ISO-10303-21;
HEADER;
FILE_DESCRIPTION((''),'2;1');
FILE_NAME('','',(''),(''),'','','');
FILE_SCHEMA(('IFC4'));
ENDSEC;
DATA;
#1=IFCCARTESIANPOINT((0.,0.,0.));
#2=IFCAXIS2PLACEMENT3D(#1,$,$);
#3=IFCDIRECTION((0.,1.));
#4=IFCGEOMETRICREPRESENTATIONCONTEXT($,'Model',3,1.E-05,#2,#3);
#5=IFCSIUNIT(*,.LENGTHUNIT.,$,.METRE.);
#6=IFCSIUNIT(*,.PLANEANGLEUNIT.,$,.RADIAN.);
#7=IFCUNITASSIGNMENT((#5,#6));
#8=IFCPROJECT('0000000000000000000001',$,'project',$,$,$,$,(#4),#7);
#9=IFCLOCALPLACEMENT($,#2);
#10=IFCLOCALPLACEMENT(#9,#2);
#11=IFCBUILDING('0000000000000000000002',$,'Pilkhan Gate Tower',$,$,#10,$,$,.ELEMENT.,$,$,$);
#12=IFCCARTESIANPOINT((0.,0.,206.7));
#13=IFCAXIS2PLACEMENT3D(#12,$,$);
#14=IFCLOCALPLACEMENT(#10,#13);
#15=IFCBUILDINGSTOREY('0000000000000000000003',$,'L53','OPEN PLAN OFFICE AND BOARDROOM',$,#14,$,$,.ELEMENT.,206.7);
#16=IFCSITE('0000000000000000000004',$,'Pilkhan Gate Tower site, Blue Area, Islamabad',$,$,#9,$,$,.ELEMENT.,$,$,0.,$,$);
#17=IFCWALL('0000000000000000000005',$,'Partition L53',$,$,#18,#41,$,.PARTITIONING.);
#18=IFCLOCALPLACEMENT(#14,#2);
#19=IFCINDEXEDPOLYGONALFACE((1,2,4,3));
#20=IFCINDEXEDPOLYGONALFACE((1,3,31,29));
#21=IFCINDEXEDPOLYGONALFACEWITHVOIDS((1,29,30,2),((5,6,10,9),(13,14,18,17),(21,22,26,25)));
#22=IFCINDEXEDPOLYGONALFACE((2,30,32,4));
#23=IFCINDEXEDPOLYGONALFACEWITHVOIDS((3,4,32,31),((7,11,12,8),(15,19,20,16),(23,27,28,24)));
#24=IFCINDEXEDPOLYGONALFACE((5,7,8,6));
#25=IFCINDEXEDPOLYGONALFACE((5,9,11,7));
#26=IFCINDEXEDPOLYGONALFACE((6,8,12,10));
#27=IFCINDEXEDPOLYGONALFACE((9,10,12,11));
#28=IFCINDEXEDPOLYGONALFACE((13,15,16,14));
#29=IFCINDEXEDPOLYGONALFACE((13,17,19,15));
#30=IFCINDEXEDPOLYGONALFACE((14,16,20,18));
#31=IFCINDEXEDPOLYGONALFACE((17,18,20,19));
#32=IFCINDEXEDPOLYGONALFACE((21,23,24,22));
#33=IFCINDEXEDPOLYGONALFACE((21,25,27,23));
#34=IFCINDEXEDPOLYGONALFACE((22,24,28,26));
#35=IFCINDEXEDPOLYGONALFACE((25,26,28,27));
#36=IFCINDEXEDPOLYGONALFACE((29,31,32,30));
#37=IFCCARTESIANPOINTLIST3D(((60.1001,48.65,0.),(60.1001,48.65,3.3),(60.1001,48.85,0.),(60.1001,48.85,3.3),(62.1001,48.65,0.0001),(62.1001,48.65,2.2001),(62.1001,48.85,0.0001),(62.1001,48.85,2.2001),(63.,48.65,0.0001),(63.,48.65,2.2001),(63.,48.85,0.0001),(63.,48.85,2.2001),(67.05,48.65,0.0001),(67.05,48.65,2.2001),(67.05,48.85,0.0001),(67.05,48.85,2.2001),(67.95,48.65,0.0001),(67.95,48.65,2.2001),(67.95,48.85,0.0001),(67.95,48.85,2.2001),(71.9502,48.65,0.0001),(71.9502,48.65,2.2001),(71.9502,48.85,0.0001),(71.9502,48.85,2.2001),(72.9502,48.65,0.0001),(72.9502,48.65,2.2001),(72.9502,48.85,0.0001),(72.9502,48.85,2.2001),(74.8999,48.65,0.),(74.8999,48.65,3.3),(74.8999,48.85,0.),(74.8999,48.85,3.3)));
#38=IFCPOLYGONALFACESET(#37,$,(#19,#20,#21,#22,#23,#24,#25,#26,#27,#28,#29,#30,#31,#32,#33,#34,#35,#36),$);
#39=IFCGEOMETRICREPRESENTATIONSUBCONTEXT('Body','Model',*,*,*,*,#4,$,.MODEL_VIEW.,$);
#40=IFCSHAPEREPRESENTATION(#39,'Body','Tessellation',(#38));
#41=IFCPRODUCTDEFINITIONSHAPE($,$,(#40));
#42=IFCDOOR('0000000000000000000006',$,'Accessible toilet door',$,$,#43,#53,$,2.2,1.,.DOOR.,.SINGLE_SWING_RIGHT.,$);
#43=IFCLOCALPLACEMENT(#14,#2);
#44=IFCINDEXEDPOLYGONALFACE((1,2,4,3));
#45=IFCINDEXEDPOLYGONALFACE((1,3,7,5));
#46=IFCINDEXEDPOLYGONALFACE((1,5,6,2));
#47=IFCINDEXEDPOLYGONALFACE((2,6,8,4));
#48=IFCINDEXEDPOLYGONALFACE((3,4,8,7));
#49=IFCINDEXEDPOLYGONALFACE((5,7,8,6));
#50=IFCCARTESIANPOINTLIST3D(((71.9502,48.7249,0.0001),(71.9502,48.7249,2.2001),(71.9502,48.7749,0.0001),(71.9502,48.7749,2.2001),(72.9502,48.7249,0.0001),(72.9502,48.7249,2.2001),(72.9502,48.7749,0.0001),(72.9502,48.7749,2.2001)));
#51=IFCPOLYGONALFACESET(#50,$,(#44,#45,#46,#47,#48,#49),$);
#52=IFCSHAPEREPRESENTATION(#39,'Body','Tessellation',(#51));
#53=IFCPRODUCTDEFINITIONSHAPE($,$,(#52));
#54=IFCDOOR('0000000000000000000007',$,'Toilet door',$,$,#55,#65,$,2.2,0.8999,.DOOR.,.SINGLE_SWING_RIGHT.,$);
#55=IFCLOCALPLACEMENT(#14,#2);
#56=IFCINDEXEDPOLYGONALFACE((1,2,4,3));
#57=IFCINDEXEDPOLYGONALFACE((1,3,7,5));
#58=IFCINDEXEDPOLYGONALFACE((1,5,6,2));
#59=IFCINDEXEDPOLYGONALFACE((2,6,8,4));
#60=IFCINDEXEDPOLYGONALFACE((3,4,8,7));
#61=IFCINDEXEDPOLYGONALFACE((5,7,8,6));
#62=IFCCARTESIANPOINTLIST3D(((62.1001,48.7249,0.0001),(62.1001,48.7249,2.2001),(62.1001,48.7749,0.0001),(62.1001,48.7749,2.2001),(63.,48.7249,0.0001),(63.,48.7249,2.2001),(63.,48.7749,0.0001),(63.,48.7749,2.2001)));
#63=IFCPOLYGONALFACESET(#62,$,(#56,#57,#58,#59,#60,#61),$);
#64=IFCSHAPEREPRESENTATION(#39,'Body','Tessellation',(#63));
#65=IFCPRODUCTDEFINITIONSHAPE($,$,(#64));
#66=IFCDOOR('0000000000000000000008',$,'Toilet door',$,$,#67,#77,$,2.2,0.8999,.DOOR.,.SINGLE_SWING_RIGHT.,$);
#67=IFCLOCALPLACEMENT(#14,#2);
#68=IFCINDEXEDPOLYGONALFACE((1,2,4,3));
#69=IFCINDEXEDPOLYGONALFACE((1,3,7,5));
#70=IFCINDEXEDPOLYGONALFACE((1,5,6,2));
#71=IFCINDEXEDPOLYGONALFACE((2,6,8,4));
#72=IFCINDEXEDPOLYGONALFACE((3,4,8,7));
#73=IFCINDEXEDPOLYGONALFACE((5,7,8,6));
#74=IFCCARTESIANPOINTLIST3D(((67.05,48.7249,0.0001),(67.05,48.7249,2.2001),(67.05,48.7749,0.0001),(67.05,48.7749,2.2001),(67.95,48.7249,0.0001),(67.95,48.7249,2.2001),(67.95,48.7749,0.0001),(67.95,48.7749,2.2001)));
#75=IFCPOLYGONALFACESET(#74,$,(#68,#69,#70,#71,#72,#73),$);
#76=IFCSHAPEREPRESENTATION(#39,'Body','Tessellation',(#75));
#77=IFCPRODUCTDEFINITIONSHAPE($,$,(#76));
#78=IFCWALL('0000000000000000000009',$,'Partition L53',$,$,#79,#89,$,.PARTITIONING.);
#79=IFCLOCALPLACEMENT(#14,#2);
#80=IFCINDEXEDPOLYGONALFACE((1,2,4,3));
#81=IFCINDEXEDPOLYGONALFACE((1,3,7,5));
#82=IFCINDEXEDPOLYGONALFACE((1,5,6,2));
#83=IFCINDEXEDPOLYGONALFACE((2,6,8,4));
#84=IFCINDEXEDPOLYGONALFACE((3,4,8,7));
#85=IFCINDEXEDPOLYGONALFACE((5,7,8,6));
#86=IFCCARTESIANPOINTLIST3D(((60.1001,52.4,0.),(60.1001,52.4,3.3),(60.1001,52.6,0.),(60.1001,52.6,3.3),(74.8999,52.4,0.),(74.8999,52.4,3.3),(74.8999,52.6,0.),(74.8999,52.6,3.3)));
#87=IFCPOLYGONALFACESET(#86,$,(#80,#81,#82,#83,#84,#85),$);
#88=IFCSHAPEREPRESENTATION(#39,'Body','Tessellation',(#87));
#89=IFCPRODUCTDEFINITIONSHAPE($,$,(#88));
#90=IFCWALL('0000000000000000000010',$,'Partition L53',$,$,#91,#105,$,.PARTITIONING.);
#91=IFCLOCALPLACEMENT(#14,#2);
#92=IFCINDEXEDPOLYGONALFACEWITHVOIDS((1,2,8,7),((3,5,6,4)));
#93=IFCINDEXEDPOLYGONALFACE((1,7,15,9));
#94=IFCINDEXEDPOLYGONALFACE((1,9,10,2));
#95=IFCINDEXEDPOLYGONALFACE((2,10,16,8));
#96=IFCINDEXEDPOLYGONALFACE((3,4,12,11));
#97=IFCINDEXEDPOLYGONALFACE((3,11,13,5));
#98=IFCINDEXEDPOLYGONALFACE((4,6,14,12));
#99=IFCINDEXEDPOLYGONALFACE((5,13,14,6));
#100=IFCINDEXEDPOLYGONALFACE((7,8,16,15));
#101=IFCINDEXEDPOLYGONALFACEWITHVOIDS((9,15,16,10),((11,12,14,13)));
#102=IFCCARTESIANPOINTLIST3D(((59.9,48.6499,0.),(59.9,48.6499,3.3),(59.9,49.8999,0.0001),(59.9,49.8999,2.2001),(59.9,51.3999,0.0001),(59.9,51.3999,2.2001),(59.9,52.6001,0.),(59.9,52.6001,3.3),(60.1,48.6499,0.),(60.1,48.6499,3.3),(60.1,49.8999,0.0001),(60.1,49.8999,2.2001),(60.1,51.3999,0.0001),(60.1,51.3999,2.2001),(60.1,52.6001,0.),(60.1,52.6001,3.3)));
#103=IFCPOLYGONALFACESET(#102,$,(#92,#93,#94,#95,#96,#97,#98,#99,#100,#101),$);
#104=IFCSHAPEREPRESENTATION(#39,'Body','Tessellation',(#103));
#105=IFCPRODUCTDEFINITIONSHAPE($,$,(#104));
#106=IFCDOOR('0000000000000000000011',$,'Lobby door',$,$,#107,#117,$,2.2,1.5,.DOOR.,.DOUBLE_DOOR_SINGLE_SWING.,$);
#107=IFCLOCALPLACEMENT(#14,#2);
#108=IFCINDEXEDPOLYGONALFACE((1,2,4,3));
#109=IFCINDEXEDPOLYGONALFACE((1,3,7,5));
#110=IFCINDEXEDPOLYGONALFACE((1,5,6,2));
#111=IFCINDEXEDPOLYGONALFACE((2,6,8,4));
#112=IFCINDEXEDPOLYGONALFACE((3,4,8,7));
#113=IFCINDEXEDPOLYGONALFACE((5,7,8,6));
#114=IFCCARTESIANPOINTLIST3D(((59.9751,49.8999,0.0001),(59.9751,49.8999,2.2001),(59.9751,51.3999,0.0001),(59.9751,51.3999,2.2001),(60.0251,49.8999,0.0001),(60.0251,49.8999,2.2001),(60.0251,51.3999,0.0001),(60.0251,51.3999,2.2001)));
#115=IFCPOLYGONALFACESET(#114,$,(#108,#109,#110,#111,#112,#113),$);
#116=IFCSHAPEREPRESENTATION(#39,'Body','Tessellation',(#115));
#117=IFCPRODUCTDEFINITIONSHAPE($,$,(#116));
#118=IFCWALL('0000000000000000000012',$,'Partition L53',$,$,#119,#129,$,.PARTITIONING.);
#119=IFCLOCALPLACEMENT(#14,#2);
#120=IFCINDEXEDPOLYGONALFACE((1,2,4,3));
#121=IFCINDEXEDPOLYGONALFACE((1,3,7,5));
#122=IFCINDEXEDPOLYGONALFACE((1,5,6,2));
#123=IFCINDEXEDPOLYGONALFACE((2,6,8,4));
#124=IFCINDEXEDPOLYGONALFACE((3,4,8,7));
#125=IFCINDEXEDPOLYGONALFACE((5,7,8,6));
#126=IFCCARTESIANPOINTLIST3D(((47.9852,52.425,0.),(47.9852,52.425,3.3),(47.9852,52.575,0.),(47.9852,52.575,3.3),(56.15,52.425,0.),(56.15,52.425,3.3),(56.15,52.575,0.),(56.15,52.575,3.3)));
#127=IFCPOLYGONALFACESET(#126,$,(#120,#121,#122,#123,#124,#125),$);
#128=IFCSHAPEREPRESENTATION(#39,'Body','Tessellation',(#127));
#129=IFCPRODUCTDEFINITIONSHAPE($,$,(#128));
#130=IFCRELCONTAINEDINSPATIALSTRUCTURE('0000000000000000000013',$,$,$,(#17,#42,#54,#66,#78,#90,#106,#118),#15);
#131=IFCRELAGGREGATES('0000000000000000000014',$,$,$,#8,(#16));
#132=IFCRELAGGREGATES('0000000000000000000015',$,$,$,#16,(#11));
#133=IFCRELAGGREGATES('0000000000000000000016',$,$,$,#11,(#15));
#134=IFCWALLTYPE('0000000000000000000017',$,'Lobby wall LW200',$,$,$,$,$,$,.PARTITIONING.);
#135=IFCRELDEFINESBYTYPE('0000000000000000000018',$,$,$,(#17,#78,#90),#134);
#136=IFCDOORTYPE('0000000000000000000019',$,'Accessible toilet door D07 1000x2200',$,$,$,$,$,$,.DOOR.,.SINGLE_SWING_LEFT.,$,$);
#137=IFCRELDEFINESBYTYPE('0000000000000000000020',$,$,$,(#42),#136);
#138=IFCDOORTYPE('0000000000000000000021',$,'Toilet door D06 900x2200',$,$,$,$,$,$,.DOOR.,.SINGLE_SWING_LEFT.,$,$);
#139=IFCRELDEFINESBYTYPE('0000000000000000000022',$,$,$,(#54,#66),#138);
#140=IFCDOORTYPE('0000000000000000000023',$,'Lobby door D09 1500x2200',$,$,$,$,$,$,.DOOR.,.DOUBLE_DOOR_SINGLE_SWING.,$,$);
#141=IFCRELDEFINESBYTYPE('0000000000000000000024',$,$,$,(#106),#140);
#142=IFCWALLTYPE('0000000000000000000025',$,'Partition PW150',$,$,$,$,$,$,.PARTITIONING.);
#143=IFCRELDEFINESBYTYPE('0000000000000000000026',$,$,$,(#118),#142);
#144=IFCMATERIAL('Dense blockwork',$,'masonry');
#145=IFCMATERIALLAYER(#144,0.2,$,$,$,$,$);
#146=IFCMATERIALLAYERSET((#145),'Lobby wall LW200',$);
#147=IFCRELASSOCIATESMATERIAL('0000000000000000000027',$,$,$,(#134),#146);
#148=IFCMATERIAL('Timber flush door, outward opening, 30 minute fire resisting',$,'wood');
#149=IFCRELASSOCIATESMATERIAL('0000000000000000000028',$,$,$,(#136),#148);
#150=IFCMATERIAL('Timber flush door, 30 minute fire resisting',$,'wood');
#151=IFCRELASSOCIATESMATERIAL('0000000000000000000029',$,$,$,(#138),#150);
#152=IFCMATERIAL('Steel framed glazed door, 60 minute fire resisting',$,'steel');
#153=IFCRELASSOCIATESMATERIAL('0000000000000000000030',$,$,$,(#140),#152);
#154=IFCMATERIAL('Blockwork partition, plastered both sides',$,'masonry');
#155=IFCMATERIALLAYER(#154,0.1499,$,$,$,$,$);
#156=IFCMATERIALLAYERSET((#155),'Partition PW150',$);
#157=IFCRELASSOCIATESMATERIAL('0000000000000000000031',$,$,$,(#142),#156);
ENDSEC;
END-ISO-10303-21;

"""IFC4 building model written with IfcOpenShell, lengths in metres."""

from ifc_helpers import new_model, si_unit, direction, frame, frame_2d, origin, place, context, subcontext, project, spatial, rectangle, extrude, material, layer, layer_set, type_object, element, fill, save


model = new_model("IFC4")

# Units and contexts
model_context = context("Model", 3, precision=1e-05, world=origin(), true_north=direction((0.0, 1.0)))
body_context = subcontext(model_context, "Body", "Model", "MODEL_VIEW")
ifc_project = project(units=[si_unit("LENGTHUNIT", "METRE"), si_unit("PLANEANGLEUNIT", "RADIAN")], contexts=[model_context])

# Site, building, storey
site_placement = place(None, origin())
site = spatial("IfcSite", under=ifc_project, at=site_placement, Name="Pilkhan Gate Tower site, Blue Area, Islamabad", CompositionType="ELEMENT", RefElevation=0.0)
building_placement = place(site_placement, origin())
building = spatial("IfcBuilding", under=site, at=building_placement, Name="Pilkhan Gate Tower", CompositionType="ELEMENT")
storey_placement = place(building_placement, frame((0.0, 0.0, 206.7)))
storey = spatial("IfcBuildingStorey", under=building, at=storey_placement, Name="L53", Description="OPEN PLAN OFFICE AND BOARDROOM", CompositionType="ELEMENT", Elevation=206.7)

# Shared definitions
ifc_material_1 = material(Name="Dense blockwork", Category="masonry")

# Shared definitions
ifc_material_2 = material(Name="Timber flush door, 30 minute fire resisting", Category="wood")

# Wall, openings, doors
ifc_layer_1 = layer(ifc_material_1, 0.2)
ifc_layer_set_1 = layer_set([ifc_layer_1], Name="Lobby wall LW200")
wall_type_1 = type_object("IfcWallType", Name="Lobby wall LW200", PredefinedType="PARTITIONING", material=ifc_layer_set_1)
wall_1_placement = place(storey_placement, frame((60.1001, 48.75, 0.0), z_axis=(0.0, 0.0, 1.0), x_axis=(1.0, 0.0, 0.0)))
wall_1 = element("IfcWall", 1, at=wall_1_placement, inside=storey, type_object=wall_type_1, Name="Partition L53", PredefinedType="PARTITIONING", context=body_context, shape_type="SweptSolid", body=[
    extrude(rectangle(XDim=14.7998, YDim=0.2, at=frame_2d((7.3999, 0.0))), origin(), (0.0, 0.0, 1.0), 3.3),
])
opening_1_placement = place(wall_1_placement, frame((2.0, 0.0, 0.0)))
opening_1 = element("IfcOpeningElement", 2, at=opening_1_placement, cuts=wall_1, PredefinedType="OPENING", context=body_context, shape_type="SweptSolid", body=[
    extrude(rectangle(XDim=0.8999, YDim=2.2, at=frame_2d((0.45, 1.1001))), frame((0.0, 0.1099, 0.0), z_axis=(0.0, -1.0, 0.0), x_axis=(1.0, 0.0, 0.0)), (0.0, 0.0, 1.0), 0.22),
])
opening_2_placement = place(wall_1_placement, frame((6.95, 0.0, 0.0)))
opening_2 = element("IfcOpeningElement", 3, at=opening_2_placement, cuts=wall_1, PredefinedType="OPENING", context=body_context, shape_type="SweptSolid", body=[
    extrude(rectangle(XDim=0.8999, YDim=2.2, at=frame_2d((0.45, 1.1001))), frame((0.0, 0.1099, 0.0), z_axis=(0.0, -1.0, 0.0), x_axis=(1.0, 0.0, 0.0)), (0.0, 0.0, 1.0), 0.22),
])
opening_3_placement = place(wall_1_placement, frame((11.8501, 0.0, 0.0)))
opening_3 = element("IfcOpeningElement", 4, at=opening_3_placement, cuts=wall_1, PredefinedType="OPENING", context=body_context, shape_type="SweptSolid", body=[
    extrude(rectangle(XDim=1.0, YDim=2.2, at=frame_2d((0.5, 1.1001))), frame((0.0, 0.1099, 0.0), z_axis=(0.0, -1.0, 0.0), x_axis=(1.0, 0.0, 0.0)), (0.0, 0.0, 1.0), 0.22),
])
ifc_material_3 = material(Name="Timber flush door, outward opening, 30 minute fire resisting", Category="wood")
door_type_1 = type_object("IfcDoorType", Name="Accessible toilet door D07 1000x2200", OperationType="SINGLE_SWING_LEFT", PredefinedType="DOOR", material=ifc_material_3)
door_1_placement = place(opening_3_placement, origin())
door_1 = element("IfcDoor", 5, at=door_1_placement, inside=storey, type_object=door_type_1, Name="Accessible toilet door", OperationType="SINGLE_SWING_RIGHT", OverallHeight=2.2, OverallWidth=1.0, PredefinedType="DOOR", context=body_context, shape_type="SweptSolid", body=[
    extrude(rectangle(XDim=1.0, YDim=2.2, at=frame_2d((0.5, 1.1001))), frame((0.0, 0.0249, 0.0), z_axis=(0.0, -1.0, 0.0), x_axis=(1.0, 0.0, 0.0)), (0.0, 0.0, 1.0), 0.05),
])
fill(opening_3, door_1)
door_type_2 = type_object("IfcDoorType", Name="Toilet door D06 900x2200", OperationType="SINGLE_SWING_LEFT", PredefinedType="DOOR", material=ifc_material_2)
door_2_placement = place(opening_1_placement, origin())
door_2 = element("IfcDoor", 6, at=door_2_placement, inside=storey, type_object=door_type_2, Name="Toilet door", OperationType="SINGLE_SWING_RIGHT", OverallHeight=2.2, OverallWidth=0.8999, PredefinedType="DOOR", context=body_context, shape_type="SweptSolid", body=[
    extrude(rectangle(XDim=0.8999, YDim=2.2, at=frame_2d((0.45, 1.1001))), frame((0.0, 0.0249, 0.0), z_axis=(0.0, -1.0, 0.0), x_axis=(1.0, 0.0, 0.0)), (0.0, 0.0, 1.0), 0.05),
])
fill(opening_1, door_2)
door_3_placement = place(opening_2_placement, origin())
door_3 = element("IfcDoor", 7, at=door_3_placement, inside=storey, type_object=door_type_2, Name="Toilet door", OperationType="SINGLE_SWING_RIGHT", OverallHeight=2.2, OverallWidth=0.8999, PredefinedType="DOOR", context=body_context, shape_type="SweptSolid", body=[
    extrude(rectangle(XDim=0.8999, YDim=2.2, at=frame_2d((0.45, 1.1001))), frame((0.0, 0.0249, 0.0), z_axis=(0.0, -1.0, 0.0), x_axis=(1.0, 0.0, 0.0)), (0.0, 0.0, 1.0), 0.05),
])
fill(opening_2, door_3)

# Wall
wall_2_placement = place(storey_placement, frame((60.1001, 52.5, 0.0), z_axis=(0.0, 0.0, 1.0), x_axis=(1.0, 0.0, 0.0)))
element("IfcWall", 8, at=wall_2_placement, inside=storey, type_object=wall_type_1, Name="Partition L53", PredefinedType="PARTITIONING", context=body_context, shape_type="SweptSolid", body=[
    extrude(rectangle(XDim=14.7998, YDim=0.2, at=frame_2d((7.3999, 0.0))), origin(), (0.0, 0.0, 1.0), 3.3),
])

# Wall, opening, door
wall_3_placement = place(storey_placement, frame((60.0, 48.6499, 0.0), z_axis=(0.0, 0.0, 1.0), x_axis=(0.0, 1.0, 0.0)))
wall_3 = element("IfcWall", 9, at=wall_3_placement, inside=storey, type_object=wall_type_1, Name="Partition L53", PredefinedType="PARTITIONING", context=body_context, shape_type="SweptSolid", body=[
    extrude(rectangle(XDim=3.9502, YDim=0.2, at=frame_2d((1.9751, 0.0))), origin(), (0.0, 0.0, 1.0), 3.3),
])
opening_4_placement = place(wall_3_placement, frame((1.25, 0.0, 0.0)))
opening_4 = element("IfcOpeningElement", 10, at=opening_4_placement, cuts=wall_3, PredefinedType="OPENING", context=body_context, shape_type="SweptSolid", body=[
    extrude(rectangle(XDim=1.5, YDim=2.2, at=frame_2d((0.75, 1.1001))), frame((0.0, 0.1099, 0.0), z_axis=(0.0, -1.0, 0.0), x_axis=(1.0, 0.0, 0.0)), (0.0, 0.0, 1.0), 0.22),
])
ifc_material_4 = material(Name="Steel framed glazed door, 60 minute fire resisting", Category="steel")
door_type_3 = type_object("IfcDoorType", Name="Lobby door D09 1500x2200", OperationType="DOUBLE_DOOR_SINGLE_SWING", PredefinedType="DOOR", material=ifc_material_4)
door_4_placement = place(opening_4_placement, origin())
door_4 = element("IfcDoor", 11, at=door_4_placement, inside=storey, type_object=door_type_3, Name="Lobby door", OperationType="DOUBLE_DOOR_SINGLE_SWING", OverallHeight=2.2, OverallWidth=1.5, PredefinedType="DOOR", context=body_context, shape_type="SweptSolid", body=[
    extrude(rectangle(XDim=1.5, YDim=2.2, at=frame_2d((0.75, 1.1001))), frame((0.0, 0.0249, 0.0), z_axis=(0.0, -1.0, 0.0), x_axis=(1.0, 0.0, 0.0)), (0.0, 0.0, 1.0), 0.05),
])
fill(opening_4, door_4)

# Wall
ifc_material_5 = material(Name="Blockwork partition, plastered both sides", Category="masonry")
ifc_layer_2 = layer(ifc_material_5, 0.1499)
ifc_layer_set_2 = layer_set([ifc_layer_2], Name="Partition PW150")
wall_type_2 = type_object("IfcWallType", Name="Partition PW150", PredefinedType="PARTITIONING", material=ifc_layer_set_2)
wall_4_placement = place(storey_placement, frame((47.9851, 52.5, 0.0), z_axis=(0.0, 0.0, 1.0), x_axis=(1.0, 0.0, 0.0)))
element("IfcWall", 12, at=wall_4_placement, inside=storey, type_object=wall_type_2, Name="Partition L53", PredefinedType="PARTITIONING", context=body_context, shape_type="SweptSolid", body=[
    extrude(rectangle(XDim=8.1648, YDim=0.1499, at=frame_2d((4.0825, 0.0))), origin(), (0.0, 0.0, 1.0), 3.3),
])

save(model, "model.ifc")
